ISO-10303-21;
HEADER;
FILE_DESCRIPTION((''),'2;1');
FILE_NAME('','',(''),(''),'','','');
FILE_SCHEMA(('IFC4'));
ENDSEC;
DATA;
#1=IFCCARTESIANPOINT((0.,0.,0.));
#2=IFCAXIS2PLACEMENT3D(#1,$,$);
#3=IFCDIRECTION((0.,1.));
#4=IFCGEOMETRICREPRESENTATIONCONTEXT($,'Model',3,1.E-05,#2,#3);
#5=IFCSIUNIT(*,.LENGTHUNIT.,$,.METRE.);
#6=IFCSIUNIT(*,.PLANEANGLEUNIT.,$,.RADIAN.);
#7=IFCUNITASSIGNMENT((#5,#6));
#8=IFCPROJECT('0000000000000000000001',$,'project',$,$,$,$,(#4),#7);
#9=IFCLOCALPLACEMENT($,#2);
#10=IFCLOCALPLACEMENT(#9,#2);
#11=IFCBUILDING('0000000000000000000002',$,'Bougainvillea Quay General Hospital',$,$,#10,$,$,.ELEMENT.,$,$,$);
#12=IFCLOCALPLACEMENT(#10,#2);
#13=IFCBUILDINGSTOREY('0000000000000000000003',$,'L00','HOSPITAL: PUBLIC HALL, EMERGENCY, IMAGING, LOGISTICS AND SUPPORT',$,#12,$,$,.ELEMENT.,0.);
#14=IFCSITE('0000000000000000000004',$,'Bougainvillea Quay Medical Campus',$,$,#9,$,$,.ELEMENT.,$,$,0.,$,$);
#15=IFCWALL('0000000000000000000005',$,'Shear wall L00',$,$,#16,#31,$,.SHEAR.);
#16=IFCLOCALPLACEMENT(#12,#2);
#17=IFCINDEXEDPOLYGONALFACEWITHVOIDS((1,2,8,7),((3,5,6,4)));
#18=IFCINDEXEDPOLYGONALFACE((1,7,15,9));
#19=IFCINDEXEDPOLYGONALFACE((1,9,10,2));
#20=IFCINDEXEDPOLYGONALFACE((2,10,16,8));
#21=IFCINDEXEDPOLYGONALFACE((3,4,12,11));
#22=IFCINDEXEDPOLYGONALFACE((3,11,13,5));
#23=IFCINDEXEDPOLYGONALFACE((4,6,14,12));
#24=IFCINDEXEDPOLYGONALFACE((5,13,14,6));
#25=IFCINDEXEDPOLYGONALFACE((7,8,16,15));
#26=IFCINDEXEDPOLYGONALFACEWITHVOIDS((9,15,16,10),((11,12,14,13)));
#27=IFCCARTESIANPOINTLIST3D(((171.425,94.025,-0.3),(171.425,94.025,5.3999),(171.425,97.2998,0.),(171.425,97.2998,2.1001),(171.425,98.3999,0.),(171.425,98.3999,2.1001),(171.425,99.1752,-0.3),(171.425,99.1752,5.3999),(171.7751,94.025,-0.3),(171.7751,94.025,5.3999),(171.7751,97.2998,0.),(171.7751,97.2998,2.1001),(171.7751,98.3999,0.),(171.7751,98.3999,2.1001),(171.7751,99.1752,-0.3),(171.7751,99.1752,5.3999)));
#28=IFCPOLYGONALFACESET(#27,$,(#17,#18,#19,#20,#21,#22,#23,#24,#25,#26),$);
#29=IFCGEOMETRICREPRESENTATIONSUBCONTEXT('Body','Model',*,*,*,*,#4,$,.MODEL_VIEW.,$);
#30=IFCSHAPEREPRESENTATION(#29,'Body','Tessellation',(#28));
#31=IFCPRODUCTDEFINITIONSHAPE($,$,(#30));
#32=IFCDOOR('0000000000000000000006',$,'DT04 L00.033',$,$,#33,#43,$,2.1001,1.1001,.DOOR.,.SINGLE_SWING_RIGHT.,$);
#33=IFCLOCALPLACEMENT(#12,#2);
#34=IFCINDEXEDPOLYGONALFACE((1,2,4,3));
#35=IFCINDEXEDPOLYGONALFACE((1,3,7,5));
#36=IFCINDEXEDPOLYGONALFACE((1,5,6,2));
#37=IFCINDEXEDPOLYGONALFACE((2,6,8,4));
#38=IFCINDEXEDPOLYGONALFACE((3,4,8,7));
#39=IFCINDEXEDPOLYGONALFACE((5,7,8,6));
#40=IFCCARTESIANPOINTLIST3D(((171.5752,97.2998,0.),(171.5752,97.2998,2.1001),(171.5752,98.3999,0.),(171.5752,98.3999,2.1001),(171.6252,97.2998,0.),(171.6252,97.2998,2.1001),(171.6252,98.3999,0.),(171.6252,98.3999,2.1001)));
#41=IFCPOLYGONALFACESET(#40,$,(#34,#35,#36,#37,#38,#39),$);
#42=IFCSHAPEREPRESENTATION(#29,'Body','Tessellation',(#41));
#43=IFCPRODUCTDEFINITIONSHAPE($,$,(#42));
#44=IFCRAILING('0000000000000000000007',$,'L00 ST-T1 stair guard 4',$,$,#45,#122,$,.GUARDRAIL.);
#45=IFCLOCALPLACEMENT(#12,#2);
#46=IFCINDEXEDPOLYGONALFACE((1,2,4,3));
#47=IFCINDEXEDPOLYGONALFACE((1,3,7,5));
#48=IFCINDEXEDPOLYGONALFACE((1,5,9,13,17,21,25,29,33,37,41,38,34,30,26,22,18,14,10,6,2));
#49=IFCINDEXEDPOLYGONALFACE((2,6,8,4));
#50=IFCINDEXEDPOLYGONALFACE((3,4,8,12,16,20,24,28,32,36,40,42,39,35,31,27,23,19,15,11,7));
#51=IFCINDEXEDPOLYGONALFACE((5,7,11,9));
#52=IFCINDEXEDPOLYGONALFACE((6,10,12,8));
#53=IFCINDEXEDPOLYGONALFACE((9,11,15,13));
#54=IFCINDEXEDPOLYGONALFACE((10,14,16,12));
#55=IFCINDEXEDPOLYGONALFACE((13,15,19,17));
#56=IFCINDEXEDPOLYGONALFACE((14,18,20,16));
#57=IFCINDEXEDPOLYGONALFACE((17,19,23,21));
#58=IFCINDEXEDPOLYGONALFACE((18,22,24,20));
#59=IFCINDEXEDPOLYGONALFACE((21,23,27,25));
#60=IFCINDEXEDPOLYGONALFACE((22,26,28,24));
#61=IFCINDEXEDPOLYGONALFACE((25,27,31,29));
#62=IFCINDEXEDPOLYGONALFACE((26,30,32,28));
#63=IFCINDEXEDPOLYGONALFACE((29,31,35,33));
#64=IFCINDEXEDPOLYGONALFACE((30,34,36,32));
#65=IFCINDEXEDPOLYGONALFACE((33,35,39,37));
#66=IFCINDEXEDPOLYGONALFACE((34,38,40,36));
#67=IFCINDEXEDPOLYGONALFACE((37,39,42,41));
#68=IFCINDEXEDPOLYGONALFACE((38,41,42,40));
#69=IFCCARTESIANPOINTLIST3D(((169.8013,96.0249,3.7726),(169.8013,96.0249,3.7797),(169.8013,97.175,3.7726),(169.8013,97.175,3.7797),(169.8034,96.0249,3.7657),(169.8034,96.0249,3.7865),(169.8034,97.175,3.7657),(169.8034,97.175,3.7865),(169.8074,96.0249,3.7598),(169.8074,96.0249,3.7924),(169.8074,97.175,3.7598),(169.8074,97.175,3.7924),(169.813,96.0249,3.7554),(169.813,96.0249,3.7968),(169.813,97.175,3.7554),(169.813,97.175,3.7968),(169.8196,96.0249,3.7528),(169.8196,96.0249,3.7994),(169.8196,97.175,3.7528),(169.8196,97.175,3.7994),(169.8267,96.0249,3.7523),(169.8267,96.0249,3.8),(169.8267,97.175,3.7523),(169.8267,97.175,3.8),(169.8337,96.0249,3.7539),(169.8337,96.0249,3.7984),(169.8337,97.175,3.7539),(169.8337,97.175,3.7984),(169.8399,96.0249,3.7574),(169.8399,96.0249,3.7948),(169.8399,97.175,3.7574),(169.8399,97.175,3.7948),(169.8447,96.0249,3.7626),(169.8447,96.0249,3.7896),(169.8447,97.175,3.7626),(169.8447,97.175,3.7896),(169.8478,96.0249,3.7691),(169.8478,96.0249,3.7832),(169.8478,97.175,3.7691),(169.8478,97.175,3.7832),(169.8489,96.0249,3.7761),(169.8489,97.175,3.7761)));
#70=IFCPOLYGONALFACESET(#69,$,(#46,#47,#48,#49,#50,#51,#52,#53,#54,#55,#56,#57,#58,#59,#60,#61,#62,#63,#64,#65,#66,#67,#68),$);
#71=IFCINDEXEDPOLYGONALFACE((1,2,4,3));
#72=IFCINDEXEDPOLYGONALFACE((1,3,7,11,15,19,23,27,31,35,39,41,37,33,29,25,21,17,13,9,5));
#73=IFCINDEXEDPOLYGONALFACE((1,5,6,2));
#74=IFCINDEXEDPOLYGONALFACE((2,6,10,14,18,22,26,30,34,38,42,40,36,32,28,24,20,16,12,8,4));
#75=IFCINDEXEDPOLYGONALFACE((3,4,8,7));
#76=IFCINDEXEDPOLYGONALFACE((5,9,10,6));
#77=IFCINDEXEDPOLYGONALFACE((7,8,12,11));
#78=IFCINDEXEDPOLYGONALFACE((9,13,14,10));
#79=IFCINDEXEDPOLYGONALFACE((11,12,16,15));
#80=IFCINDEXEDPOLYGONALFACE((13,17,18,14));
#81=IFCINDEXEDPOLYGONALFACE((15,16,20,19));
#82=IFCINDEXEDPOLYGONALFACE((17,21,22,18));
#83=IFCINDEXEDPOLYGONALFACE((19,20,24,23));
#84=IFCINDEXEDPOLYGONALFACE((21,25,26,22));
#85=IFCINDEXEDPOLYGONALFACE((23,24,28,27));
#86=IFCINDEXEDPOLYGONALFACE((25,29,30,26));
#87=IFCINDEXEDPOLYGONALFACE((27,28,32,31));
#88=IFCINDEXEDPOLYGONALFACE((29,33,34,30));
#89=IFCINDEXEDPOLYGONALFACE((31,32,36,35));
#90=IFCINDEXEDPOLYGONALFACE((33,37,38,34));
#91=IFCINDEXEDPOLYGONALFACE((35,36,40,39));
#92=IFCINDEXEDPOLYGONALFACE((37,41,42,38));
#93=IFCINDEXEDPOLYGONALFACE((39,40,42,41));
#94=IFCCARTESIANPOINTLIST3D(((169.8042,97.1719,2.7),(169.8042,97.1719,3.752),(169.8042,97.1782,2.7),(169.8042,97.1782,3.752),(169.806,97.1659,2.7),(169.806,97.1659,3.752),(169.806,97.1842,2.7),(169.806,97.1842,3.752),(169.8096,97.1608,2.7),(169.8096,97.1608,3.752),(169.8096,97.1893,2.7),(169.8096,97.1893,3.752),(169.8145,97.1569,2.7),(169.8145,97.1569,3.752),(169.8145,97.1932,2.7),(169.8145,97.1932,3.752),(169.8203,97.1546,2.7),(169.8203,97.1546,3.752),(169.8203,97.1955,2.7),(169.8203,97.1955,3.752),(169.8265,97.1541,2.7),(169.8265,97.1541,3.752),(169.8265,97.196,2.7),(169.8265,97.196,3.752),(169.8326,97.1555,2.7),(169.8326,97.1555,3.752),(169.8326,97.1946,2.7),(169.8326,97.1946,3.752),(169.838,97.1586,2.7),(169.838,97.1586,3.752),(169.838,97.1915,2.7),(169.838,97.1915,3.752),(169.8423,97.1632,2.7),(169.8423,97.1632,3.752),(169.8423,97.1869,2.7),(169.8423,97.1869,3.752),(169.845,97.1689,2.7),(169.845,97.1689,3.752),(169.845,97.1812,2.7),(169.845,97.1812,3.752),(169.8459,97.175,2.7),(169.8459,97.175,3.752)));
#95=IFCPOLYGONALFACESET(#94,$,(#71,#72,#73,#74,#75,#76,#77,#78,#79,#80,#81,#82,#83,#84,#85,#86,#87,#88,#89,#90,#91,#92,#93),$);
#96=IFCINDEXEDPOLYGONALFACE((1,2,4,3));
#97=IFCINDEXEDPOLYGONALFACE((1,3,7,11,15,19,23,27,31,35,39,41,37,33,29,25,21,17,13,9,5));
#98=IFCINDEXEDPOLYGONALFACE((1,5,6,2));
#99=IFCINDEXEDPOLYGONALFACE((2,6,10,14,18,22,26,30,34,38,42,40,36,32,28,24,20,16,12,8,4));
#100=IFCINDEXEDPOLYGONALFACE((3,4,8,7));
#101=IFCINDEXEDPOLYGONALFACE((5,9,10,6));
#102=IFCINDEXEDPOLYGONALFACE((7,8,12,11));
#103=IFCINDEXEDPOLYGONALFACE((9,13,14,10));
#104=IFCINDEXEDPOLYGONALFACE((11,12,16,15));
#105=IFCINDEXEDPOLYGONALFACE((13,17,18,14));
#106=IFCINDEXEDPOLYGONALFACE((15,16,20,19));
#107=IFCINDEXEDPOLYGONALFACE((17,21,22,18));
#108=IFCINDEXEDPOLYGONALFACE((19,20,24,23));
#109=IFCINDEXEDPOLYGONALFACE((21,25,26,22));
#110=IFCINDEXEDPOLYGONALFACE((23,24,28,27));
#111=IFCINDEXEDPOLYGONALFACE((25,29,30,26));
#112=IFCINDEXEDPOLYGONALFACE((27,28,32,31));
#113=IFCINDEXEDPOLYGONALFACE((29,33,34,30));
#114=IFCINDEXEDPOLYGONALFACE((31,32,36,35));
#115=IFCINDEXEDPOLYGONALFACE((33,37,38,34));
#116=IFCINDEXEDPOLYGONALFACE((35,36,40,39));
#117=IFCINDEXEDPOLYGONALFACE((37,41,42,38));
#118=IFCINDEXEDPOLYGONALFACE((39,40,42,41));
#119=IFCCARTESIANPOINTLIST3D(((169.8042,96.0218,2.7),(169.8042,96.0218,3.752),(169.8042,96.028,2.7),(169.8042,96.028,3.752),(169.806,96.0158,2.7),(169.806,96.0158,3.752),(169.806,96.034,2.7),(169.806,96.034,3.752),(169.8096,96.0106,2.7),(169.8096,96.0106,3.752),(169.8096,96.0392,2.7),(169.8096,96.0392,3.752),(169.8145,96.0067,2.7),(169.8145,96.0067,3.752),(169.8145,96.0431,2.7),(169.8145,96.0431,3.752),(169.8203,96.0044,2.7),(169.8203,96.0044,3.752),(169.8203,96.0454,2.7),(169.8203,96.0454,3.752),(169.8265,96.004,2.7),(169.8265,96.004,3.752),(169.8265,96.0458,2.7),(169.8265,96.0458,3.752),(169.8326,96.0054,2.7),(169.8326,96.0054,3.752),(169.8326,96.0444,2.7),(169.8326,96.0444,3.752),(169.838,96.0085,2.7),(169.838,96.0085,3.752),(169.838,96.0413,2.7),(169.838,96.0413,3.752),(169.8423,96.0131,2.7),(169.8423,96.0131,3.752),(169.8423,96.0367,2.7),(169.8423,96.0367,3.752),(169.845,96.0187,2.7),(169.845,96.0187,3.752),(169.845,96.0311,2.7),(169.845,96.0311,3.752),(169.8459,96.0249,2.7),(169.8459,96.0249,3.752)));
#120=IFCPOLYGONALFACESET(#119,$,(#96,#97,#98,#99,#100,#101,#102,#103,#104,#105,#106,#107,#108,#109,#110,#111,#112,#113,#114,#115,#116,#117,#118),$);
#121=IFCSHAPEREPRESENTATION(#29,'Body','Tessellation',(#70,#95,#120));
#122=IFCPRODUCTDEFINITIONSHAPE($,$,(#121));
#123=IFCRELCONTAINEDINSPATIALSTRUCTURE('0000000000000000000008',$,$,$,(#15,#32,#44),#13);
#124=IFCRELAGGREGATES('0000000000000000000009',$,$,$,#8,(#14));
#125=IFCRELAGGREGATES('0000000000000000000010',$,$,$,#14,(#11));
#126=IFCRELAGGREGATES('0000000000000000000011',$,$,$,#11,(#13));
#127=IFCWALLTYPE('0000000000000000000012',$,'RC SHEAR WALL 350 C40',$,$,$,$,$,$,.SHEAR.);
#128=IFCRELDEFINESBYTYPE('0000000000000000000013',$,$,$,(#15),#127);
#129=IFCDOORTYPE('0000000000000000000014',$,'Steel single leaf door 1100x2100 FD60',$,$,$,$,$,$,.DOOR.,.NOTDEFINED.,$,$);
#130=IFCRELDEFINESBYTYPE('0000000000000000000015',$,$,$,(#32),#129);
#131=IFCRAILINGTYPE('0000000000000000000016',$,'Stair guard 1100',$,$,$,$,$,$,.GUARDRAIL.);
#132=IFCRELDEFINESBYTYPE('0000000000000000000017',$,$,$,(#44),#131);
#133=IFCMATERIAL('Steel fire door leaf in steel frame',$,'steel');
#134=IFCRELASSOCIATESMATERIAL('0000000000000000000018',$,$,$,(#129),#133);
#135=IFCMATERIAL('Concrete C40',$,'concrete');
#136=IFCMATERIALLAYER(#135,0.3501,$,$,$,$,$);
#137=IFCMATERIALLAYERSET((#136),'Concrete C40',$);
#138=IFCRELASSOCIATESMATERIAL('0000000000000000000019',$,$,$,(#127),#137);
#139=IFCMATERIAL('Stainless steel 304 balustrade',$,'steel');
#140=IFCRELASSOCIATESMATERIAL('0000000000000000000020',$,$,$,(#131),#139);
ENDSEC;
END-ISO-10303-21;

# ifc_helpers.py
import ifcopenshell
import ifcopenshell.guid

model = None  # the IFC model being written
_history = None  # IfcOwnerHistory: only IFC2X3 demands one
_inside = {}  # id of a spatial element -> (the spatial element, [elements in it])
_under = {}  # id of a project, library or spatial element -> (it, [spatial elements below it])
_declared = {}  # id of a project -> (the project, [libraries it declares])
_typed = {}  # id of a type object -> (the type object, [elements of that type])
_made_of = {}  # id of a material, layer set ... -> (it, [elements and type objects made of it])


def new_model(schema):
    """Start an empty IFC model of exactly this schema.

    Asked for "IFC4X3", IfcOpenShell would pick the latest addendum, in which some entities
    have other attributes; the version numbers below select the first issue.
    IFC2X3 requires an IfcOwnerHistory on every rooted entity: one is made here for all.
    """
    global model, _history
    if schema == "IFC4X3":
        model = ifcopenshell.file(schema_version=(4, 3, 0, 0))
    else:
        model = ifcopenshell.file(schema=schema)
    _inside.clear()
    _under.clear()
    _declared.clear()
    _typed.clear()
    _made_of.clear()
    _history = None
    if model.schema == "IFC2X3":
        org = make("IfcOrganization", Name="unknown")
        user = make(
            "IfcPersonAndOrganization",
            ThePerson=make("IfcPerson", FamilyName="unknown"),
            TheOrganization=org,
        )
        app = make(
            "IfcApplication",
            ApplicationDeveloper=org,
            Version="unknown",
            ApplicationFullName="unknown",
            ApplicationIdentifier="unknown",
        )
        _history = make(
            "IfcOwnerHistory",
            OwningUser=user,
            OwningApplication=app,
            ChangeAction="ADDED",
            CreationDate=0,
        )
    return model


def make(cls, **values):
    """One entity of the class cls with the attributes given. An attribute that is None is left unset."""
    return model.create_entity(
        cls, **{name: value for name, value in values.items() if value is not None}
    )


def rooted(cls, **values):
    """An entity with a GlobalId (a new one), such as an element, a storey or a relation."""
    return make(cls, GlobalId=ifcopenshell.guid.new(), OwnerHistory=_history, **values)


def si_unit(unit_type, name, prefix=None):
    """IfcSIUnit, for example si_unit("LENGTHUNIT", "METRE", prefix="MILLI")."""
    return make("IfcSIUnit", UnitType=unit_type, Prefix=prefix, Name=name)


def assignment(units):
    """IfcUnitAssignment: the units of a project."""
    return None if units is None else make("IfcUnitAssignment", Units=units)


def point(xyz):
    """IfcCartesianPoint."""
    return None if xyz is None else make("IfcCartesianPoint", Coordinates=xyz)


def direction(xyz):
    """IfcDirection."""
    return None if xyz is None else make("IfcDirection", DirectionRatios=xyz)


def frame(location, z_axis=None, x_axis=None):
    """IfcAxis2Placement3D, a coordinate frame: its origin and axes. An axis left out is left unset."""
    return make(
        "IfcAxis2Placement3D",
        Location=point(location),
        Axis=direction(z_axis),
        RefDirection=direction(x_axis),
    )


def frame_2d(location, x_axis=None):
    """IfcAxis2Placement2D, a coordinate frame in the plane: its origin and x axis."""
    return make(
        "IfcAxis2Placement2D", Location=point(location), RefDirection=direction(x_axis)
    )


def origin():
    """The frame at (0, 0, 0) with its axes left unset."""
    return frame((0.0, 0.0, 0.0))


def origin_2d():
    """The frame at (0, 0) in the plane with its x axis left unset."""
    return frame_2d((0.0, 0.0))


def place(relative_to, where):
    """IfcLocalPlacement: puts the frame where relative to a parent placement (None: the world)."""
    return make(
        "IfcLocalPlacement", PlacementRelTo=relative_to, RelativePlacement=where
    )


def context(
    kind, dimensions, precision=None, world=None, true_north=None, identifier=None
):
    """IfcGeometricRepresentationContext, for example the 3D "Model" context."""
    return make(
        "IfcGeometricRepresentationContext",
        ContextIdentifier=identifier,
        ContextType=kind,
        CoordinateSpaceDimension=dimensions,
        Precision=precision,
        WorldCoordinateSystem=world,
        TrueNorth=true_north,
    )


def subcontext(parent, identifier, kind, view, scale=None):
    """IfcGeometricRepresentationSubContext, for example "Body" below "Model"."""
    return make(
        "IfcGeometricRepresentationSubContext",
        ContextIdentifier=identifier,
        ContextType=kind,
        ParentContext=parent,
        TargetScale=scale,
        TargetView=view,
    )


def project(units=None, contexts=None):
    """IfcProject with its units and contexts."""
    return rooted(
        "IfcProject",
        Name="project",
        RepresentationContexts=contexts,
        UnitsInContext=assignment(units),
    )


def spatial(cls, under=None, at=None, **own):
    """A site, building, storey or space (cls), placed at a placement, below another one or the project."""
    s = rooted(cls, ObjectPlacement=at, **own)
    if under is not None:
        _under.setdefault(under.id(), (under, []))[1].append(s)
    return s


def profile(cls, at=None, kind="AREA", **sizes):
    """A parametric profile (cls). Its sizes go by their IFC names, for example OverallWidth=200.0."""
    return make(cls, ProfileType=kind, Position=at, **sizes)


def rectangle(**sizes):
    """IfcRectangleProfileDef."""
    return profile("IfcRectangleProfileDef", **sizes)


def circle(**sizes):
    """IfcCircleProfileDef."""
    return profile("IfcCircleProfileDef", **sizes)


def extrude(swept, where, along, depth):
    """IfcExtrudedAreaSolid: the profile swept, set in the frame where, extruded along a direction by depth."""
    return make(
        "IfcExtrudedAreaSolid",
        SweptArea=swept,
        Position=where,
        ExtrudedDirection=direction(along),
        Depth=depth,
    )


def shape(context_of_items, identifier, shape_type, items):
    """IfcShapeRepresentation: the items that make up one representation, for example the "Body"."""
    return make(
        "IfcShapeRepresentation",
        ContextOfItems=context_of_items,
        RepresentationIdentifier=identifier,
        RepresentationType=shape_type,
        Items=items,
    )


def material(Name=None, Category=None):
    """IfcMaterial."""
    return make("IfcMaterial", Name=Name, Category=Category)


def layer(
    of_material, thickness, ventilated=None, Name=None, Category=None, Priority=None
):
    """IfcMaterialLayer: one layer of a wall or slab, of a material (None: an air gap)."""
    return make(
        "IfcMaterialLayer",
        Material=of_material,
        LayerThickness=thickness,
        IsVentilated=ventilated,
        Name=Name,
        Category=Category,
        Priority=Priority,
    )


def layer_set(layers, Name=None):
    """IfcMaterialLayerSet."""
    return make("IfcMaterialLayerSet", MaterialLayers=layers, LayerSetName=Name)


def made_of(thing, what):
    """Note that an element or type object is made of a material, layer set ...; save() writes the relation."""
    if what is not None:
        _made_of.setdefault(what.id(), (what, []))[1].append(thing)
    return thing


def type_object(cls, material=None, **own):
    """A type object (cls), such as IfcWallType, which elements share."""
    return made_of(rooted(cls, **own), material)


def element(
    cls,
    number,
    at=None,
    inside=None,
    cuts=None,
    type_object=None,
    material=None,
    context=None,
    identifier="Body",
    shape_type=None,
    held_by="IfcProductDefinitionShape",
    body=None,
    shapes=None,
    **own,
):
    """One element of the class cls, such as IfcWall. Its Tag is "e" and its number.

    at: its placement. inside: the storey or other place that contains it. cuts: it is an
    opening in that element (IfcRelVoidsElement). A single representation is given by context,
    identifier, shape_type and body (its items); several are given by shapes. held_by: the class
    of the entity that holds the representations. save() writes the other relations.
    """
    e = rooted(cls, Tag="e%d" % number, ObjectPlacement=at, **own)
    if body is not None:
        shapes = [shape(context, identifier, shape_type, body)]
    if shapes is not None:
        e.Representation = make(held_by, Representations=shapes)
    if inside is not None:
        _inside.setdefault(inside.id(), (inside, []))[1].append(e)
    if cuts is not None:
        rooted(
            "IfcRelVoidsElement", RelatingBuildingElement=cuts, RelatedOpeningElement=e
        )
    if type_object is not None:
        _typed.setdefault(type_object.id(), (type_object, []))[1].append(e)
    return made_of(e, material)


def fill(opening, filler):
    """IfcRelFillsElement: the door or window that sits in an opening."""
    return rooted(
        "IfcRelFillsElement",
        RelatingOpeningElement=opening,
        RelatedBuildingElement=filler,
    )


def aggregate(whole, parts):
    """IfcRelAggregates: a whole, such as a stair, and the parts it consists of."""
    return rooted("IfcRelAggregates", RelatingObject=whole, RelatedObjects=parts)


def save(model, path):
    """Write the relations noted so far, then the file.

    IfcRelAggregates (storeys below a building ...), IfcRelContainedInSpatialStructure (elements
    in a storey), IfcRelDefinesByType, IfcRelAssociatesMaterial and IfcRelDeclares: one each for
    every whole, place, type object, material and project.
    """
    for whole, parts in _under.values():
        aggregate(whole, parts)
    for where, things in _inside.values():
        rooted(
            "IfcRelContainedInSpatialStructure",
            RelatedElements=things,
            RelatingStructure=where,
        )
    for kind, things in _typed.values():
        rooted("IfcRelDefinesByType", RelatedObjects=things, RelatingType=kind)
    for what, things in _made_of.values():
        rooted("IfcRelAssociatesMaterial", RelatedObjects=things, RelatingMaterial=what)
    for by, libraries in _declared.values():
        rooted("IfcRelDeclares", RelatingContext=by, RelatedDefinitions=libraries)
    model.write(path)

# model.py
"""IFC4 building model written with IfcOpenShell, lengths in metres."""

from ifc_helpers import new_model, si_unit, direction, frame, frame_2d, origin, origin_2d, place, context, subcontext, project, spatial, rectangle, circle, extrude, material, layer, layer_set, type_object, element, fill, save


model = new_model("IFC4")

# Units and contexts
model_context = context("Model", 3, precision=1e-05, world=origin(), true_north=direction((0.0, 1.0)))
body_context = subcontext(model_context, "Body", "Model", "MODEL_VIEW")
ifc_project = project(units=[si_unit("LENGTHUNIT", "METRE"), si_unit("PLANEANGLEUNIT", "RADIAN")], contexts=[model_context])

# Site, building, storey
site_placement = place(None, origin())
site = spatial("IfcSite", under=ifc_project, at=site_placement, Name="Bougainvillea Quay Medical Campus", CompositionType="ELEMENT", RefElevation=0.0)
building_placement = place(site_placement, origin())
building = spatial("IfcBuilding", under=site, at=building_placement, Name="Bougainvillea Quay General Hospital", CompositionType="ELEMENT")
storey_placement = place(building_placement, origin())
storey = spatial("IfcBuildingStorey", under=building, at=storey_placement, Name="L00", Description="HOSPITAL: PUBLIC HALL, EMERGENCY, IMAGING, LOGISTICS AND SUPPORT", CompositionType="ELEMENT", Elevation=0.0)

# Shared definitions
ifc_material_1 = material(Name="Concrete C40", Category="concrete")

# Shared definitions
ifc_material_2 = material(Name="Steel fire door leaf in steel frame", Category="steel")
door_type_1 = type_object("IfcDoorType", Name="Steel single leaf door 1100x2100 FD60", OperationType="NOTDEFINED", PredefinedType="DOOR", material=ifc_material_2)

# Wall, opening, door
ifc_layer_1 = layer(ifc_material_1, 0.3501)
ifc_layer_set_1 = layer_set([ifc_layer_1], Name="Concrete C40")
wall_type_1 = type_object("IfcWallType", Name="RC SHEAR WALL 350 C40", PredefinedType="SHEAR", material=ifc_layer_set_1)
wall_1_placement = place(storey_placement, frame((171.6001, 94.0249, -0.3), z_axis=(0.0, 0.0, 1.0), x_axis=(0.0, 1.0, 0.0)))
wall_1 = element("IfcWall", 1, at=wall_1_placement, inside=storey, type_object=wall_type_1, Name="Shear wall L00", PredefinedType="SHEAR", context=body_context, shape_type="SweptSolid", body=[
    extrude(rectangle(XDim=5.1501, YDim=0.3501, at=frame_2d((2.5752, 0.0))), origin(), (0.0, 0.0, 1.0), 5.7),
])
opening_1_placement = place(wall_1_placement, frame((3.2749, 0.0, 0.3)))
opening_1 = element("IfcOpeningElement", 2, at=opening_1_placement, cuts=wall_1, PredefinedType="OPENING", context=body_context, shape_type="SweptSolid", body=[
    extrude(rectangle(XDim=1.1001, YDim=2.1001, at=frame_2d((0.55, 1.05))), frame((0.0, 0.1851, 0.0), z_axis=(0.0, -1.0, 0.0), x_axis=(1.0, 0.0, 0.0)), (0.0, 0.0, 1.0), 0.3701),
])
door_1_placement = place(opening_1_placement, origin())
door_1 = element("IfcDoor", 3, at=door_1_placement, inside=storey, type_object=door_type_1, Name="DT04 L00.033", OperationType="SINGLE_SWING_RIGHT", OverallHeight=2.1001, OverallWidth=1.1001, PredefinedType="DOOR", context=body_context, shape_type="SweptSolid", body=[
    extrude(rectangle(XDim=1.1001, YDim=2.1001, at=frame_2d((0.55, 1.05))), frame((0.0, 0.0249, 0.0), z_axis=(0.0, -1.0, 0.0), x_axis=(1.0, 0.0, 0.0)), (0.0, 0.0, 1.0), 0.05),
])
fill(opening_1, door_1)

# Railing
ifc_material_3 = material(Name="Stainless steel 304 balustrade", Category="steel")
railing_type = type_object("IfcRailingType", Name="Stair guard 1100", PredefinedType="GUARDRAIL", material=ifc_material_3)
railing_placement = place(storey_placement, frame((169.825, 97.175, 2.7)))
element("IfcRailing", 4, at=railing_placement, inside=storey, type_object=railing_type, Name="L00 ST-T1 stair guard 4", PredefinedType="GUARDRAIL", context=body_context, shape_type="SweptSolid", body=[
    extrude(circle(Radius=0.0239, at=origin_2d()), frame((0.0, 0.0, 1.0762), z_axis=(0.0, -1.0, 0.0), x_axis=(1.0, 0.0, 0.0)), (0.0, 0.0, 1.0), 1.1501),
    extrude(circle(Radius=0.021, at=origin_2d()), origin(), (0.0, 0.0, 1.0), 1.052),
    extrude(circle(Radius=0.021, at=origin_2d()), frame((0.0, -1.1501, 0.0)), (0.0, 0.0, 1.0), 1.052),
])

save(model, "model.ifc")
